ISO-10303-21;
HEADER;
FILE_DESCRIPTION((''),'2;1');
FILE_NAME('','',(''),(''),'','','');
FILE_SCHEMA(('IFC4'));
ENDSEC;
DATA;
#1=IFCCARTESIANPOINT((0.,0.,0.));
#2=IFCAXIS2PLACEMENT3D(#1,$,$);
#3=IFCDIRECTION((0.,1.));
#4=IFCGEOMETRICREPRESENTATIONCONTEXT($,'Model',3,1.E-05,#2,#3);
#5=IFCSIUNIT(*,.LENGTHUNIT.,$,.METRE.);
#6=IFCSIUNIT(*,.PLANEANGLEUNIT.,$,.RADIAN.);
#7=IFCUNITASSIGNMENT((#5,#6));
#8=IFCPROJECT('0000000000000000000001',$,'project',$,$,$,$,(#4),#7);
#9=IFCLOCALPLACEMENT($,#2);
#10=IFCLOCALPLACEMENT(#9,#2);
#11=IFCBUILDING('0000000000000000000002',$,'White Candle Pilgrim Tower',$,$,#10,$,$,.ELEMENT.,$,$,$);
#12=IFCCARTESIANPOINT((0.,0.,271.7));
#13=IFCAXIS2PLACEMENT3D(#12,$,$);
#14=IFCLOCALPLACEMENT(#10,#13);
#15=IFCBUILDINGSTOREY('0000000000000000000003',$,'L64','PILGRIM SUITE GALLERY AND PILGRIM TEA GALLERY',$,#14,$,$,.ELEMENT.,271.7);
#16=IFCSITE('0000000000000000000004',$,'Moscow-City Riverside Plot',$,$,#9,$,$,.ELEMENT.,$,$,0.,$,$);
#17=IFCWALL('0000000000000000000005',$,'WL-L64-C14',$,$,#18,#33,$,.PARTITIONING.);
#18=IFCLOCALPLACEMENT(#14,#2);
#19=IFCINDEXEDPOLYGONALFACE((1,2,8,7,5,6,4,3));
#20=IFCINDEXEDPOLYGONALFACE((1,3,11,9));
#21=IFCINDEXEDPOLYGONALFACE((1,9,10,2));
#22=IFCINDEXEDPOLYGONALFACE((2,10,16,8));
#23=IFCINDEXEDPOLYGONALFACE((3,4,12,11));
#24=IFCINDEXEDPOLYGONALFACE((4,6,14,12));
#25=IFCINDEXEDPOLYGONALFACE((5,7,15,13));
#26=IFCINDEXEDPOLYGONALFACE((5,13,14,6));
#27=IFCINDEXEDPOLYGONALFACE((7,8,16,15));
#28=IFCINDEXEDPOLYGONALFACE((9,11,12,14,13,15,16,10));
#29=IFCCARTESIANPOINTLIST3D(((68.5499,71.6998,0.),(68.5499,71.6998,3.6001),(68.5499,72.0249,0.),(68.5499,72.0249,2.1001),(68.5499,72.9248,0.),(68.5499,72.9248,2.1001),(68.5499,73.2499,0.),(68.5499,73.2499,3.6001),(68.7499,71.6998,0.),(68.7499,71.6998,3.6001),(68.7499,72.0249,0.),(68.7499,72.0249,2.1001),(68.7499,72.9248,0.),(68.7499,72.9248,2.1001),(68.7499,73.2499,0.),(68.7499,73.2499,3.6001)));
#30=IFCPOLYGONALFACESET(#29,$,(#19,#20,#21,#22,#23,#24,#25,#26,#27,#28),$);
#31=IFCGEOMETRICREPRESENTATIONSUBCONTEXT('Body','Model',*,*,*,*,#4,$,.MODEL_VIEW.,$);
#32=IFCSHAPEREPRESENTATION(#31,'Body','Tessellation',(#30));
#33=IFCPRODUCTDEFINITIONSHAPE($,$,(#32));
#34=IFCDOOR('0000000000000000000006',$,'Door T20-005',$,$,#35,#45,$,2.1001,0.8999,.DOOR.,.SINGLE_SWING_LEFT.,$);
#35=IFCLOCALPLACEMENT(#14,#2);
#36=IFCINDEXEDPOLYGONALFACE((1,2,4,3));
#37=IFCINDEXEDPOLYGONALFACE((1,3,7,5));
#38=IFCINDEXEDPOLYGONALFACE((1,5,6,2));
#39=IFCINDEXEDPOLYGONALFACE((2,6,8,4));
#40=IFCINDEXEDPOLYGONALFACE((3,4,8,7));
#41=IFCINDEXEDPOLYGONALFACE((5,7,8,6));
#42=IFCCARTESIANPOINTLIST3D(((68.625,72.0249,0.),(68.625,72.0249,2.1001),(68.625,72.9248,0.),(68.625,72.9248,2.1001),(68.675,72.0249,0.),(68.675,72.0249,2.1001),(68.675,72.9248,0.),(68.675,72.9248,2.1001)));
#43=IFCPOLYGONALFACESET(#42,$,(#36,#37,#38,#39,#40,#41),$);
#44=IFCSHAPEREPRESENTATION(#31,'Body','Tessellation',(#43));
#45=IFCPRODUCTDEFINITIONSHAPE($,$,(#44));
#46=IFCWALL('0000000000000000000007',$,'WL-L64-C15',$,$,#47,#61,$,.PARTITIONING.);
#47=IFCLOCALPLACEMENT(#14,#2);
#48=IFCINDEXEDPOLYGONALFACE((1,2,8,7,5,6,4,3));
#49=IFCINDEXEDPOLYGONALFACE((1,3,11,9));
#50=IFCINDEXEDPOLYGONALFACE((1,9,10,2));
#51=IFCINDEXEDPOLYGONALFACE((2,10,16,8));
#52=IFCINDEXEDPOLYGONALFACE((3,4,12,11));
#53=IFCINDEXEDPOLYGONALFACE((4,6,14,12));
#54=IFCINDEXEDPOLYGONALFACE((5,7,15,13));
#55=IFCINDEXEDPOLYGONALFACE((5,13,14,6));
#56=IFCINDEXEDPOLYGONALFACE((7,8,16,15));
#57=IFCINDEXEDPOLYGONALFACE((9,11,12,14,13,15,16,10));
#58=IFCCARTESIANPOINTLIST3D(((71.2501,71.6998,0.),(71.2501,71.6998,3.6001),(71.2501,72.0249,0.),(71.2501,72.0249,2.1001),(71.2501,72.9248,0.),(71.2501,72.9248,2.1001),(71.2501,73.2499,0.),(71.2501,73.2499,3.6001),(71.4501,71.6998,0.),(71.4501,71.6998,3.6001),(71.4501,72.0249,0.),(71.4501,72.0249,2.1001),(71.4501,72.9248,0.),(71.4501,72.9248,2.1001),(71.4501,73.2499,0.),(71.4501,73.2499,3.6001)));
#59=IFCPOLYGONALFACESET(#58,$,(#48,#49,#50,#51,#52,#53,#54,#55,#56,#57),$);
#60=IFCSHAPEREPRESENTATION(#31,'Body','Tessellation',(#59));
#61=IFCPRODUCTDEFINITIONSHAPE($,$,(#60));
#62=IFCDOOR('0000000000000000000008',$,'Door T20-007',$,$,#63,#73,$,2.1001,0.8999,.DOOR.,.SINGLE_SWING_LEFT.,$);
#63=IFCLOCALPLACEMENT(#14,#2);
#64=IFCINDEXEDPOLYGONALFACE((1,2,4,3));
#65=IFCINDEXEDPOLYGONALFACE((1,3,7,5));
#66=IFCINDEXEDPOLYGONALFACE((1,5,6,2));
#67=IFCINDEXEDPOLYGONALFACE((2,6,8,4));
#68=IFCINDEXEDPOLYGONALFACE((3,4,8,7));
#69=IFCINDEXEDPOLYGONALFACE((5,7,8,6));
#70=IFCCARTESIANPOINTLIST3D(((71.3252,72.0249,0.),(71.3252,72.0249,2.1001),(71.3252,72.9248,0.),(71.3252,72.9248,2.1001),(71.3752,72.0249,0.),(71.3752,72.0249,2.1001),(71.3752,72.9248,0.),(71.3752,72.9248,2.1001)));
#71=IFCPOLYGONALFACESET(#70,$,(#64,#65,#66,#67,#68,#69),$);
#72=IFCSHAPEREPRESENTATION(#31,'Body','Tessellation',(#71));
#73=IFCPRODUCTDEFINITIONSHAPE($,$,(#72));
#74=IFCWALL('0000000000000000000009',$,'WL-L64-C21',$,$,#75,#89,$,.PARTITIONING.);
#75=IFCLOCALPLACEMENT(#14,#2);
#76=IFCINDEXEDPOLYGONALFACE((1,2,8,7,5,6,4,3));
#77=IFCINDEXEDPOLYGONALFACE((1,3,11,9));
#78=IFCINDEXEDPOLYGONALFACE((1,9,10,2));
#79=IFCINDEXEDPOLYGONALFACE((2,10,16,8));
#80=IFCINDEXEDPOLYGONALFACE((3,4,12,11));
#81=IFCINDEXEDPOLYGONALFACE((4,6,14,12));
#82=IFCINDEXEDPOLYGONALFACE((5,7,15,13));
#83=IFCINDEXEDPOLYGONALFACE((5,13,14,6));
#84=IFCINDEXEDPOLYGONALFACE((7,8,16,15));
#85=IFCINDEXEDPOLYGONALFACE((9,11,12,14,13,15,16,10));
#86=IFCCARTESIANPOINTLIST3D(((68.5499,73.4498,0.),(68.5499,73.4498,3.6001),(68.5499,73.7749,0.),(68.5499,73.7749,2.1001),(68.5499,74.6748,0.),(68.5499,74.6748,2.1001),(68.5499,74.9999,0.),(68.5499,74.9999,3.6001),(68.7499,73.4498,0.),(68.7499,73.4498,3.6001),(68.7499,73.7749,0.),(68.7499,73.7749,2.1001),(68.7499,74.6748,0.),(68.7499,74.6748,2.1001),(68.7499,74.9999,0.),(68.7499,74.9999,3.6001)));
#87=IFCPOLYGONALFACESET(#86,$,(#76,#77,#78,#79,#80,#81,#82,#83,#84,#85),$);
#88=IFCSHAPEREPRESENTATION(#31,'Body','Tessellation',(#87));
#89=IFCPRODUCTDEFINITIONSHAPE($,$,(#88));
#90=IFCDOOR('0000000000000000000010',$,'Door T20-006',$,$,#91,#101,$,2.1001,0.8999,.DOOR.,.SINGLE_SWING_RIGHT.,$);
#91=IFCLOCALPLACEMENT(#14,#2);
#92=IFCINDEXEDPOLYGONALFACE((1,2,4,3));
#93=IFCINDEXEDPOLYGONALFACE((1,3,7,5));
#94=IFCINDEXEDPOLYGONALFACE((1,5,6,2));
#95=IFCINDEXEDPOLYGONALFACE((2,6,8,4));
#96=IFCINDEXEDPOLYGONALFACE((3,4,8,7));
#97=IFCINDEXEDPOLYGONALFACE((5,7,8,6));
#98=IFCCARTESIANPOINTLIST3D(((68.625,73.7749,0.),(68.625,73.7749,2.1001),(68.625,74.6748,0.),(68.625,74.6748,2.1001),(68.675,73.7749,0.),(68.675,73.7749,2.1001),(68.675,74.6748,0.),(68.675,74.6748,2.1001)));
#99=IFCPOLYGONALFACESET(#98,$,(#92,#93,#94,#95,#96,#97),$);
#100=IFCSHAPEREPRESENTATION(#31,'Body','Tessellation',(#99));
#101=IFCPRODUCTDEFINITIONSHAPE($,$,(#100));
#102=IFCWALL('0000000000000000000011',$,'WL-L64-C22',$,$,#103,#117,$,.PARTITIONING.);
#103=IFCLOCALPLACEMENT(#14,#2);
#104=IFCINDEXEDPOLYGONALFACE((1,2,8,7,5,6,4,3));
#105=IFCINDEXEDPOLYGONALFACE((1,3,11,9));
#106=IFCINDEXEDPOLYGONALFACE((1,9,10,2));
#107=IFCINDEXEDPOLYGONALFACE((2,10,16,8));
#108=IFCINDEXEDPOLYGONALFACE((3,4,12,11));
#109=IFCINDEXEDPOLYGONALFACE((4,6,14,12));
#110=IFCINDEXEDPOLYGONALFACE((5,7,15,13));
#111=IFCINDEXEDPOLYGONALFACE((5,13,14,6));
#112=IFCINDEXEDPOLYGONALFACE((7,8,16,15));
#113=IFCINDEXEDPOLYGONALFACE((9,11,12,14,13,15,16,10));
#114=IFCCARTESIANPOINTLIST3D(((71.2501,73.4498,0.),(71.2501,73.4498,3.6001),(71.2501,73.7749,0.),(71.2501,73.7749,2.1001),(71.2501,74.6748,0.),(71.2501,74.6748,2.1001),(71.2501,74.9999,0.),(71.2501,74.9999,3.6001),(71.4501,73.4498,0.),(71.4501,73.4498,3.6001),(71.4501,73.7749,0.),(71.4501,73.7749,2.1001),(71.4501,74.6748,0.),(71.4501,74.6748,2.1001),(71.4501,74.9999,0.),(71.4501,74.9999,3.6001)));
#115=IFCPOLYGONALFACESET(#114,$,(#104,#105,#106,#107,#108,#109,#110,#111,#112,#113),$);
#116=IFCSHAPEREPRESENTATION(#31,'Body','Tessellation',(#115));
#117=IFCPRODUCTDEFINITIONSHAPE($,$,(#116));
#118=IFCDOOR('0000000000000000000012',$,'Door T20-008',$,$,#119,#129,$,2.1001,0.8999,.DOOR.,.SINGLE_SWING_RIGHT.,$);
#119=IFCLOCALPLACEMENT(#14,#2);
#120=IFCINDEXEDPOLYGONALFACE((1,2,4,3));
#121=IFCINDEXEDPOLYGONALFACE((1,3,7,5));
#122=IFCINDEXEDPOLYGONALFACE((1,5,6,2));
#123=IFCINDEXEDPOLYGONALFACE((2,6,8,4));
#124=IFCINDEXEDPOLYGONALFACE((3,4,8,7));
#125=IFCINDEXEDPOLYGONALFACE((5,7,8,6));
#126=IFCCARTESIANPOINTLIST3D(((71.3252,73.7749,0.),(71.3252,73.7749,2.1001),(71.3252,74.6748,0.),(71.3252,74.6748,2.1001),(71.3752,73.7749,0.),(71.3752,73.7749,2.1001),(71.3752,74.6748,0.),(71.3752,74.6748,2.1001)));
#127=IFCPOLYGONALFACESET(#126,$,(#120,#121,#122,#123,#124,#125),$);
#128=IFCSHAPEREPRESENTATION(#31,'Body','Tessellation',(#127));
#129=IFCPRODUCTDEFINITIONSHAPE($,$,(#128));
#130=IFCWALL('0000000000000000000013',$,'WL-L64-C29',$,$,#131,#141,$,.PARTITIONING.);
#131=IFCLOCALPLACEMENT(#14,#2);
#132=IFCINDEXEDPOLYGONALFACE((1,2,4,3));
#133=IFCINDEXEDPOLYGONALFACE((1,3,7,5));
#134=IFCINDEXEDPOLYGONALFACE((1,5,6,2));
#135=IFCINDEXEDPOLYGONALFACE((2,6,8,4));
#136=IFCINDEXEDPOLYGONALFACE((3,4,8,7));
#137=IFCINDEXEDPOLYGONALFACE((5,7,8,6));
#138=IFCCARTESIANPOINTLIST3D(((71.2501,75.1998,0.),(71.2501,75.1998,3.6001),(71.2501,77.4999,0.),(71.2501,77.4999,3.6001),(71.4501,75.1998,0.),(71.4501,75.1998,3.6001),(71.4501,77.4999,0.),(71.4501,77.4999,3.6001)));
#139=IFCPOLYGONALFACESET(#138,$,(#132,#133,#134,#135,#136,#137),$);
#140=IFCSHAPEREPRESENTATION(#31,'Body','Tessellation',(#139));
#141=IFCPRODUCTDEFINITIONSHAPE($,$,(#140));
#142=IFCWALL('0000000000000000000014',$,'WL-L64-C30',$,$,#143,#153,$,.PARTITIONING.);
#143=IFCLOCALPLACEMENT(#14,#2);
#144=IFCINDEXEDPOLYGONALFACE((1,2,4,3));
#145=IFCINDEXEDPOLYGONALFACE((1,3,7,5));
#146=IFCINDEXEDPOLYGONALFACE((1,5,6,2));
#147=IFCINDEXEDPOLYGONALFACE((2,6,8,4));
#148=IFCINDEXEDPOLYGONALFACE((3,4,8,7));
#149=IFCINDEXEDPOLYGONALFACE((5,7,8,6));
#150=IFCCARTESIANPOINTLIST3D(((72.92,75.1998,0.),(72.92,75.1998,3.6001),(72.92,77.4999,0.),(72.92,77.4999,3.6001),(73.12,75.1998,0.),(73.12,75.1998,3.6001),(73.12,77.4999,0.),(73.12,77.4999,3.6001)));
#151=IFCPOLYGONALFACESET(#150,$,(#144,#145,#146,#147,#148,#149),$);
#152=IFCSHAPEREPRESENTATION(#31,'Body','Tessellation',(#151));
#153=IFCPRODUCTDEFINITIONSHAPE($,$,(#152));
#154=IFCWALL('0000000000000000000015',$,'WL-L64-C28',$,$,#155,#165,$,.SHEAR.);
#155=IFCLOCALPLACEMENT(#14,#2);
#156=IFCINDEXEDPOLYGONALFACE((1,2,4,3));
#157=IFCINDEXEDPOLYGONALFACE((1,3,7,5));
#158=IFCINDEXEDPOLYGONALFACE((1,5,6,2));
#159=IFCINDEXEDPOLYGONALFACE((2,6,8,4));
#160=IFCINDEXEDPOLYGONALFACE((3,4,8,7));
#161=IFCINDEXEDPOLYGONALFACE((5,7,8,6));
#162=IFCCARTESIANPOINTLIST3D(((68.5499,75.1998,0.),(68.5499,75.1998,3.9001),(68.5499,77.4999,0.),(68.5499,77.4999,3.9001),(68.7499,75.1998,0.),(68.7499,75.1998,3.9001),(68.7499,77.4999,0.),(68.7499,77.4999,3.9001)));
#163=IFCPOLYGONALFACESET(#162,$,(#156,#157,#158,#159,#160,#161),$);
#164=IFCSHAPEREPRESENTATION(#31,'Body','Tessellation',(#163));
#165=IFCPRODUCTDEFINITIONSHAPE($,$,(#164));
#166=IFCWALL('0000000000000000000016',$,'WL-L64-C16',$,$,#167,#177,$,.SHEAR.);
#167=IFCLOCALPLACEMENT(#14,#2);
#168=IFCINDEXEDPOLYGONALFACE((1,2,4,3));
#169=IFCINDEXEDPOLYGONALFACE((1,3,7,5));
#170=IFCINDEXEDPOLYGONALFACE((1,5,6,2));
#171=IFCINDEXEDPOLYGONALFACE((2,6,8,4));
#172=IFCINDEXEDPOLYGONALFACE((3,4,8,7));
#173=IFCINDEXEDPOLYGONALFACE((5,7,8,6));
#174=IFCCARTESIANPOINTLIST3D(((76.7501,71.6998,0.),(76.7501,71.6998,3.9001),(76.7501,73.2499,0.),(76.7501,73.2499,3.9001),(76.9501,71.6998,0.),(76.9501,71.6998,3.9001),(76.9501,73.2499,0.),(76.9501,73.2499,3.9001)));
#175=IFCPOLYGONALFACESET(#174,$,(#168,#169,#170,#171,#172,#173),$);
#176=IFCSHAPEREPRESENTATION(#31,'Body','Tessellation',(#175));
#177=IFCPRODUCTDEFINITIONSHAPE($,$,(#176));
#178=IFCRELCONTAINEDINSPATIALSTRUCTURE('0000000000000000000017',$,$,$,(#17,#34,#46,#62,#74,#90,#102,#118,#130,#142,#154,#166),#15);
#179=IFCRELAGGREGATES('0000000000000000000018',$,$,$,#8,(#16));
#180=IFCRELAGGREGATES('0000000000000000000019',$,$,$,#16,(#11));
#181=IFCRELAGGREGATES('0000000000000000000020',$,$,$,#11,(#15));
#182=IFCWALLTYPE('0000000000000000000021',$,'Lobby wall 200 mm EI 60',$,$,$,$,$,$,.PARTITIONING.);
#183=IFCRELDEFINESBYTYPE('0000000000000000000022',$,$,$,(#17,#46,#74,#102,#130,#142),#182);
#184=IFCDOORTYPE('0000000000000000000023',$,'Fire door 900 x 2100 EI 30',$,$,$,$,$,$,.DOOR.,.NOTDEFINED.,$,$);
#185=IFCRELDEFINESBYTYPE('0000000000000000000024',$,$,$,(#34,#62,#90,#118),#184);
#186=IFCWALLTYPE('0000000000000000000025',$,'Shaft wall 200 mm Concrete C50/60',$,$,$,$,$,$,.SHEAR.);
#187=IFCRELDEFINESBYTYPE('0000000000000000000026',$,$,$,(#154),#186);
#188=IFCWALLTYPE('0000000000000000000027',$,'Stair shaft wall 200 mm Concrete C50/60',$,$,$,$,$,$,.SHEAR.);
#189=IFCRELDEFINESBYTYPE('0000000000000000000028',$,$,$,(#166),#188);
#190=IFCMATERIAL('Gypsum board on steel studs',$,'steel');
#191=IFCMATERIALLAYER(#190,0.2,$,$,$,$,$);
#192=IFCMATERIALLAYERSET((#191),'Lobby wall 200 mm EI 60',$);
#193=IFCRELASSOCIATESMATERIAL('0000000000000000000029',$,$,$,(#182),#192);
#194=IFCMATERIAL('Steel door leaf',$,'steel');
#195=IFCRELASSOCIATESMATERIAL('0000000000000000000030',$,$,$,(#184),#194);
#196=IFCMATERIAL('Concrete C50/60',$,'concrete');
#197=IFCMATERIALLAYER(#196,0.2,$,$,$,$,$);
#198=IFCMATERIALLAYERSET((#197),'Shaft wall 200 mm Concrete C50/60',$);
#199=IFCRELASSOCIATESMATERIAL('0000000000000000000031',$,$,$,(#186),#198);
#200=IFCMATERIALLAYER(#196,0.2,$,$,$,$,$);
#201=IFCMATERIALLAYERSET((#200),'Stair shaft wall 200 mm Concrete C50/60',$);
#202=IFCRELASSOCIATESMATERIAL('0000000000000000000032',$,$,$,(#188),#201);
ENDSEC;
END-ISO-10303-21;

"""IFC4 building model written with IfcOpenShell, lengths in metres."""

from ifc_helpers import new_model, si_unit, direction, frame, frame_2d, origin, place, context, subcontext, project, spatial, rectangle, extrude, material, layer, layer_set, type_object, element, fill, save


model = new_model("IFC4")

# Units and contexts
model_context = context("Model", 3, precision=1e-05, world=origin(), true_north=direction((0.0, 1.0)))
body_context = subcontext(model_context, "Body", "Model", "MODEL_VIEW")
ifc_project = project(units=[si_unit("LENGTHUNIT", "METRE"), si_unit("PLANEANGLEUNIT", "RADIAN")], contexts=[model_context])

# Site, building, storey
site_placement = place(None, origin())
site = spatial("IfcSite", under=ifc_project, at=site_placement, Name="Moscow-City Riverside Plot", CompositionType="ELEMENT", RefElevation=0.0)
building_placement = place(site_placement, origin())
building = spatial("IfcBuilding", under=site, at=building_placement, Name="White Candle Pilgrim Tower", CompositionType="ELEMENT")
storey_placement = place(building_placement, frame((0.0, 0.0, 271.7)))
storey = spatial("IfcBuildingStorey", under=building, at=storey_placement, Name="L64", Description="PILGRIM SUITE GALLERY AND PILGRIM TEA GALLERY", CompositionType="ELEMENT", Elevation=271.7)

# Walls, openings, doors
ifc_material_1 = material(Name="Gypsum board on steel studs", Category="steel")
ifc_layer_1 = layer(ifc_material_1, 0.2)
ifc_layer_set_1 = layer_set([ifc_layer_1], Name="Lobby wall 200 mm EI 60")
wall_type_1 = type_object("IfcWallType", Name="Lobby wall 200 mm EI 60", PredefinedType="PARTITIONING", material=ifc_layer_set_1)
wall_1_placement = place(storey_placement, frame((68.6499, 71.7, 0.0), z_axis=(0.0, 0.0, 1.0), x_axis=(0.0, 1.0, 0.0)))
wall_1 = element("IfcWall", 1, at=wall_1_placement, inside=storey, type_object=wall_type_1, Name="WL-L64-C14", PredefinedType="PARTITIONING", context=body_context, shape_type="SweptSolid", body=[
    extrude(rectangle(XDim=1.55, YDim=0.2, at=frame_2d((0.7749, 0.0))), origin(), (0.0, 0.0, 1.0), 3.6001),
])
opening_1_placement = place(wall_1_placement, frame((0.325, 0.0, 0.0)))
opening_1 = element("IfcOpeningElement", 2, at=opening_1_placement, cuts=wall_1, PredefinedType="OPENING", context=body_context, shape_type="SweptSolid", body=[
    extrude(rectangle(XDim=0.8999, YDim=2.1001, at=frame_2d((0.45, 1.05))), frame((0.0, 0.1099, 0.0), z_axis=(0.0, -1.0, 0.0), x_axis=(1.0, 0.0, 0.0)), (0.0, 0.0, 1.0), 0.22),
])
ifc_material_2 = material(Name="Steel door leaf", Category="steel")
door_type = type_object("IfcDoorType", Name="Fire door 900 x 2100 EI 30", OperationType="NOTDEFINED", PredefinedType="DOOR", material=ifc_material_2)
door_1_placement = place(opening_1_placement, origin())
door_1 = element("IfcDoor", 3, at=door_1_placement, inside=storey, type_object=door_type, Name="Door T20-005", OperationType="SINGLE_SWING_LEFT", OverallHeight=2.1001, OverallWidth=0.8999, PredefinedType="DOOR", context=body_context, shape_type="SweptSolid", body=[
    extrude(rectangle(XDim=0.8999, YDim=2.1001, at=frame_2d((0.45, 1.05))), frame((0.0, 0.0249, 0.0), z_axis=(0.0, -1.0, 0.0), x_axis=(1.0, 0.0, 0.0)), (0.0, 0.0, 1.0), 0.05),
])
fill(opening_1, door_1)
wall_2_placement = place(storey_placement, frame((71.3501, 71.7, 0.0), z_axis=(0.0, 0.0, 1.0), x_axis=(0.0, 1.0, 0.0)))
wall_2 = element("IfcWall", 4, at=wall_2_placement, inside=storey, type_object=wall_type_1, Name="WL-L64-C15", PredefinedType="PARTITIONING", context=body_context, shape_type="SweptSolid", body=[
    extrude(rectangle(XDim=1.55, YDim=0.2, at=frame_2d((0.7749, 0.0))), origin(), (0.0, 0.0, 1.0), 3.6001),
])
opening_2_placement = place(wall_2_placement, frame((0.325, 0.0, 0.0)))
opening_2 = element("IfcOpeningElement", 5, at=opening_2_placement, cuts=wall_2, PredefinedType="OPENING", context=body_context, shape_type="SweptSolid", body=[
    extrude(rectangle(XDim=0.8999, YDim=2.1001, at=frame_2d((0.45, 1.05))), frame((0.0, 0.1099, 0.0), z_axis=(0.0, -1.0, 0.0), x_axis=(1.0, 0.0, 0.0)), (0.0, 0.0, 1.0), 0.22),
])
door_2_placement = place(opening_2_placement, origin())
door_2 = element("IfcDoor", 6, at=door_2_placement, inside=storey, type_object=door_type, Name="Door T20-007", OperationType="SINGLE_SWING_LEFT", OverallHeight=2.1001, OverallWidth=0.8999, PredefinedType="DOOR", context=body_context, shape_type="SweptSolid", body=[
    extrude(rectangle(XDim=0.8999, YDim=2.1001, at=frame_2d((0.45, 1.05))), frame((0.0, 0.0249, 0.0), z_axis=(0.0, -1.0, 0.0), x_axis=(1.0, 0.0, 0.0)), (0.0, 0.0, 1.0), 0.05),
])
fill(opening_2, door_2)
wall_3_placement = place(storey_placement, frame((68.6499, 73.45, 0.0), z_axis=(0.0, 0.0, 1.0), x_axis=(0.0, 1.0, 0.0)))
wall_3 = element("IfcWall", 7, at=wall_3_placement, inside=storey, type_object=wall_type_1, Name="WL-L64-C21", PredefinedType="PARTITIONING", context=body_context, shape_type="SweptSolid", body=[
    extrude(rectangle(XDim=1.55, YDim=0.2, at=frame_2d((0.7749, 0.0))), origin(), (0.0, 0.0, 1.0), 3.6001),
])
opening_3_placement = place(wall_3_placement, frame((0.325, 0.0, 0.0)))
opening_3 = element("IfcOpeningElement", 8, at=opening_3_placement, cuts=wall_3, PredefinedType="OPENING", context=body_context, shape_type="SweptSolid", body=[
    extrude(rectangle(XDim=0.8999, YDim=2.1001, at=frame_2d((0.45, 1.05))), frame((0.0, 0.1099, 0.0), z_axis=(0.0, -1.0, 0.0), x_axis=(1.0, 0.0, 0.0)), (0.0, 0.0, 1.0), 0.22),
])
door_3_placement = place(opening_3_placement, origin())
door_3 = element("IfcDoor", 9, at=door_3_placement, inside=storey, type_object=door_type, Name="Door T20-006", OperationType="SINGLE_SWING_RIGHT", OverallHeight=2.1001, OverallWidth=0.8999, PredefinedType="DOOR", context=body_context, shape_type="SweptSolid", body=[
    extrude(rectangle(XDim=0.8999, YDim=2.1001, at=frame_2d((0.45, 1.05))), frame((0.0, 0.0249, 0.0), z_axis=(0.0, -1.0, 0.0), x_axis=(1.0, 0.0, 0.0)), (0.0, 0.0, 1.0), 0.05),
])
fill(opening_3, door_3)
wall_4_placement = place(storey_placement, frame((71.3501, 73.45, 0.0), z_axis=(0.0, 0.0, 1.0), x_axis=(0.0, 1.0, 0.0)))
wall_4 = element("IfcWall", 10, at=wall_4_placement, inside=storey, type_object=wall_type_1, Name="WL-L64-C22", PredefinedType="PARTITIONING", context=body_context, shape_type="SweptSolid", body=[
    extrude(rectangle(XDim=1.55, YDim=0.2, at=frame_2d((0.7749, 0.0))), origin(), (0.0, 0.0, 1.0), 3.6001),
])
opening_4_placement = place(wall_4_placement, frame((0.325, 0.0, 0.0)))
opening_4 = element("IfcOpeningElement", 11, at=opening_4_placement, cuts=wall_4, PredefinedType="OPENING", context=body_context, shape_type="SweptSolid", body=[
    extrude(rectangle(XDim=0.8999, YDim=2.1001, at=frame_2d((0.45, 1.05))), frame((0.0, 0.1099, 0.0), z_axis=(0.0, -1.0, 0.0), x_axis=(1.0, 0.0, 0.0)), (0.0, 0.0, 1.0), 0.22),
])
door_4_placement = place(opening_4_placement, origin())
door_4 = element("IfcDoor", 12, at=door_4_placement, inside=storey, type_object=door_type, Name="Door T20-008", OperationType="SINGLE_SWING_RIGHT", OverallHeight=2.1001, OverallWidth=0.8999, PredefinedType="DOOR", context=body_context, shape_type="SweptSolid", body=[
    extrude(rectangle(XDim=0.8999, YDim=2.1001, at=frame_2d((0.45, 1.05))), frame((0.0, 0.0249, 0.0), z_axis=(0.0, -1.0, 0.0), x_axis=(1.0, 0.0, 0.0)), (0.0, 0.0, 1.0), 0.05),
])
fill(opening_4, door_4)

# Walls
for number, where, z_axis, x_axis, name in (
    (13, (71.3501, 75.2, 0.0), (0.0, 0.0, 1.0), (0.0, 1.0, 0.0), "WL-L64-C29"),
    (14, (73.02, 75.2, 0.0), (0.0, 0.0, 1.0), (0.0, 1.0, 0.0), "WL-L64-C30"),
):
    element("IfcWall", number, at=place(storey_placement, frame(where, z_axis=z_axis, x_axis=x_axis)), inside=storey, type_object=wall_type_1, Name=name, PredefinedType="PARTITIONING", context=body_context, shape_type="SweptSolid", body=[
        extrude(rectangle(XDim=2.3, YDim=0.2, at=frame_2d((1.1499, 0.0))), origin(), (0.0, 0.0, 1.0), 3.6001),
    ])
ifc_material_3 = material(Name="Concrete C50/60", Category="concrete")
ifc_layer_2 = layer(ifc_material_3, 0.2)
ifc_layer_set_2 = layer_set([ifc_layer_2], Name="Shaft wall 200 mm Concrete C50/60")
wall_type_2 = type_object("IfcWallType", Name="Shaft wall 200 mm Concrete C50/60", PredefinedType="SHEAR", material=ifc_layer_set_2)
wall_5_placement = place(storey_placement, frame((68.6499, 75.2, 0.0), z_axis=(0.0, 0.0, 1.0), x_axis=(0.0, 1.0, 0.0)))
element("IfcWall", 15, at=wall_5_placement, inside=storey, type_object=wall_type_2, Name="WL-L64-C28", PredefinedType="SHEAR", context=body_context, shape_type="SweptSolid", body=[
    extrude(rectangle(XDim=2.3, YDim=0.2, at=frame_2d((1.1499, 0.0))), origin(), (0.0, 0.0, 1.0), 3.9001),
])
ifc_layer_3 = layer(ifc_material_3, 0.2)
ifc_layer_set_3 = layer_set([ifc_layer_3], Name="Stair shaft wall 200 mm Concrete C50/60")
wall_type_3 = type_object("IfcWallType", Name="Stair shaft wall 200 mm Concrete C50/60", PredefinedType="SHEAR", material=ifc_layer_set_3)
wall_6_placement = place(storey_placement, frame((76.8501, 71.7, 0.0), z_axis=(0.0, 0.0, 1.0), x_axis=(0.0, 1.0, 0.0)))
element("IfcWall", 16, at=wall_6_placement, inside=storey, type_object=wall_type_3, Name="WL-L64-C16", PredefinedType="SHEAR", context=body_context, shape_type="SweptSolid", body=[
    extrude(rectangle(XDim=1.55, YDim=0.2, at=frame_2d((0.7749, 0.0))), origin(), (0.0, 0.0, 1.0), 3.9001),
])

save(model, "model.ifc")
